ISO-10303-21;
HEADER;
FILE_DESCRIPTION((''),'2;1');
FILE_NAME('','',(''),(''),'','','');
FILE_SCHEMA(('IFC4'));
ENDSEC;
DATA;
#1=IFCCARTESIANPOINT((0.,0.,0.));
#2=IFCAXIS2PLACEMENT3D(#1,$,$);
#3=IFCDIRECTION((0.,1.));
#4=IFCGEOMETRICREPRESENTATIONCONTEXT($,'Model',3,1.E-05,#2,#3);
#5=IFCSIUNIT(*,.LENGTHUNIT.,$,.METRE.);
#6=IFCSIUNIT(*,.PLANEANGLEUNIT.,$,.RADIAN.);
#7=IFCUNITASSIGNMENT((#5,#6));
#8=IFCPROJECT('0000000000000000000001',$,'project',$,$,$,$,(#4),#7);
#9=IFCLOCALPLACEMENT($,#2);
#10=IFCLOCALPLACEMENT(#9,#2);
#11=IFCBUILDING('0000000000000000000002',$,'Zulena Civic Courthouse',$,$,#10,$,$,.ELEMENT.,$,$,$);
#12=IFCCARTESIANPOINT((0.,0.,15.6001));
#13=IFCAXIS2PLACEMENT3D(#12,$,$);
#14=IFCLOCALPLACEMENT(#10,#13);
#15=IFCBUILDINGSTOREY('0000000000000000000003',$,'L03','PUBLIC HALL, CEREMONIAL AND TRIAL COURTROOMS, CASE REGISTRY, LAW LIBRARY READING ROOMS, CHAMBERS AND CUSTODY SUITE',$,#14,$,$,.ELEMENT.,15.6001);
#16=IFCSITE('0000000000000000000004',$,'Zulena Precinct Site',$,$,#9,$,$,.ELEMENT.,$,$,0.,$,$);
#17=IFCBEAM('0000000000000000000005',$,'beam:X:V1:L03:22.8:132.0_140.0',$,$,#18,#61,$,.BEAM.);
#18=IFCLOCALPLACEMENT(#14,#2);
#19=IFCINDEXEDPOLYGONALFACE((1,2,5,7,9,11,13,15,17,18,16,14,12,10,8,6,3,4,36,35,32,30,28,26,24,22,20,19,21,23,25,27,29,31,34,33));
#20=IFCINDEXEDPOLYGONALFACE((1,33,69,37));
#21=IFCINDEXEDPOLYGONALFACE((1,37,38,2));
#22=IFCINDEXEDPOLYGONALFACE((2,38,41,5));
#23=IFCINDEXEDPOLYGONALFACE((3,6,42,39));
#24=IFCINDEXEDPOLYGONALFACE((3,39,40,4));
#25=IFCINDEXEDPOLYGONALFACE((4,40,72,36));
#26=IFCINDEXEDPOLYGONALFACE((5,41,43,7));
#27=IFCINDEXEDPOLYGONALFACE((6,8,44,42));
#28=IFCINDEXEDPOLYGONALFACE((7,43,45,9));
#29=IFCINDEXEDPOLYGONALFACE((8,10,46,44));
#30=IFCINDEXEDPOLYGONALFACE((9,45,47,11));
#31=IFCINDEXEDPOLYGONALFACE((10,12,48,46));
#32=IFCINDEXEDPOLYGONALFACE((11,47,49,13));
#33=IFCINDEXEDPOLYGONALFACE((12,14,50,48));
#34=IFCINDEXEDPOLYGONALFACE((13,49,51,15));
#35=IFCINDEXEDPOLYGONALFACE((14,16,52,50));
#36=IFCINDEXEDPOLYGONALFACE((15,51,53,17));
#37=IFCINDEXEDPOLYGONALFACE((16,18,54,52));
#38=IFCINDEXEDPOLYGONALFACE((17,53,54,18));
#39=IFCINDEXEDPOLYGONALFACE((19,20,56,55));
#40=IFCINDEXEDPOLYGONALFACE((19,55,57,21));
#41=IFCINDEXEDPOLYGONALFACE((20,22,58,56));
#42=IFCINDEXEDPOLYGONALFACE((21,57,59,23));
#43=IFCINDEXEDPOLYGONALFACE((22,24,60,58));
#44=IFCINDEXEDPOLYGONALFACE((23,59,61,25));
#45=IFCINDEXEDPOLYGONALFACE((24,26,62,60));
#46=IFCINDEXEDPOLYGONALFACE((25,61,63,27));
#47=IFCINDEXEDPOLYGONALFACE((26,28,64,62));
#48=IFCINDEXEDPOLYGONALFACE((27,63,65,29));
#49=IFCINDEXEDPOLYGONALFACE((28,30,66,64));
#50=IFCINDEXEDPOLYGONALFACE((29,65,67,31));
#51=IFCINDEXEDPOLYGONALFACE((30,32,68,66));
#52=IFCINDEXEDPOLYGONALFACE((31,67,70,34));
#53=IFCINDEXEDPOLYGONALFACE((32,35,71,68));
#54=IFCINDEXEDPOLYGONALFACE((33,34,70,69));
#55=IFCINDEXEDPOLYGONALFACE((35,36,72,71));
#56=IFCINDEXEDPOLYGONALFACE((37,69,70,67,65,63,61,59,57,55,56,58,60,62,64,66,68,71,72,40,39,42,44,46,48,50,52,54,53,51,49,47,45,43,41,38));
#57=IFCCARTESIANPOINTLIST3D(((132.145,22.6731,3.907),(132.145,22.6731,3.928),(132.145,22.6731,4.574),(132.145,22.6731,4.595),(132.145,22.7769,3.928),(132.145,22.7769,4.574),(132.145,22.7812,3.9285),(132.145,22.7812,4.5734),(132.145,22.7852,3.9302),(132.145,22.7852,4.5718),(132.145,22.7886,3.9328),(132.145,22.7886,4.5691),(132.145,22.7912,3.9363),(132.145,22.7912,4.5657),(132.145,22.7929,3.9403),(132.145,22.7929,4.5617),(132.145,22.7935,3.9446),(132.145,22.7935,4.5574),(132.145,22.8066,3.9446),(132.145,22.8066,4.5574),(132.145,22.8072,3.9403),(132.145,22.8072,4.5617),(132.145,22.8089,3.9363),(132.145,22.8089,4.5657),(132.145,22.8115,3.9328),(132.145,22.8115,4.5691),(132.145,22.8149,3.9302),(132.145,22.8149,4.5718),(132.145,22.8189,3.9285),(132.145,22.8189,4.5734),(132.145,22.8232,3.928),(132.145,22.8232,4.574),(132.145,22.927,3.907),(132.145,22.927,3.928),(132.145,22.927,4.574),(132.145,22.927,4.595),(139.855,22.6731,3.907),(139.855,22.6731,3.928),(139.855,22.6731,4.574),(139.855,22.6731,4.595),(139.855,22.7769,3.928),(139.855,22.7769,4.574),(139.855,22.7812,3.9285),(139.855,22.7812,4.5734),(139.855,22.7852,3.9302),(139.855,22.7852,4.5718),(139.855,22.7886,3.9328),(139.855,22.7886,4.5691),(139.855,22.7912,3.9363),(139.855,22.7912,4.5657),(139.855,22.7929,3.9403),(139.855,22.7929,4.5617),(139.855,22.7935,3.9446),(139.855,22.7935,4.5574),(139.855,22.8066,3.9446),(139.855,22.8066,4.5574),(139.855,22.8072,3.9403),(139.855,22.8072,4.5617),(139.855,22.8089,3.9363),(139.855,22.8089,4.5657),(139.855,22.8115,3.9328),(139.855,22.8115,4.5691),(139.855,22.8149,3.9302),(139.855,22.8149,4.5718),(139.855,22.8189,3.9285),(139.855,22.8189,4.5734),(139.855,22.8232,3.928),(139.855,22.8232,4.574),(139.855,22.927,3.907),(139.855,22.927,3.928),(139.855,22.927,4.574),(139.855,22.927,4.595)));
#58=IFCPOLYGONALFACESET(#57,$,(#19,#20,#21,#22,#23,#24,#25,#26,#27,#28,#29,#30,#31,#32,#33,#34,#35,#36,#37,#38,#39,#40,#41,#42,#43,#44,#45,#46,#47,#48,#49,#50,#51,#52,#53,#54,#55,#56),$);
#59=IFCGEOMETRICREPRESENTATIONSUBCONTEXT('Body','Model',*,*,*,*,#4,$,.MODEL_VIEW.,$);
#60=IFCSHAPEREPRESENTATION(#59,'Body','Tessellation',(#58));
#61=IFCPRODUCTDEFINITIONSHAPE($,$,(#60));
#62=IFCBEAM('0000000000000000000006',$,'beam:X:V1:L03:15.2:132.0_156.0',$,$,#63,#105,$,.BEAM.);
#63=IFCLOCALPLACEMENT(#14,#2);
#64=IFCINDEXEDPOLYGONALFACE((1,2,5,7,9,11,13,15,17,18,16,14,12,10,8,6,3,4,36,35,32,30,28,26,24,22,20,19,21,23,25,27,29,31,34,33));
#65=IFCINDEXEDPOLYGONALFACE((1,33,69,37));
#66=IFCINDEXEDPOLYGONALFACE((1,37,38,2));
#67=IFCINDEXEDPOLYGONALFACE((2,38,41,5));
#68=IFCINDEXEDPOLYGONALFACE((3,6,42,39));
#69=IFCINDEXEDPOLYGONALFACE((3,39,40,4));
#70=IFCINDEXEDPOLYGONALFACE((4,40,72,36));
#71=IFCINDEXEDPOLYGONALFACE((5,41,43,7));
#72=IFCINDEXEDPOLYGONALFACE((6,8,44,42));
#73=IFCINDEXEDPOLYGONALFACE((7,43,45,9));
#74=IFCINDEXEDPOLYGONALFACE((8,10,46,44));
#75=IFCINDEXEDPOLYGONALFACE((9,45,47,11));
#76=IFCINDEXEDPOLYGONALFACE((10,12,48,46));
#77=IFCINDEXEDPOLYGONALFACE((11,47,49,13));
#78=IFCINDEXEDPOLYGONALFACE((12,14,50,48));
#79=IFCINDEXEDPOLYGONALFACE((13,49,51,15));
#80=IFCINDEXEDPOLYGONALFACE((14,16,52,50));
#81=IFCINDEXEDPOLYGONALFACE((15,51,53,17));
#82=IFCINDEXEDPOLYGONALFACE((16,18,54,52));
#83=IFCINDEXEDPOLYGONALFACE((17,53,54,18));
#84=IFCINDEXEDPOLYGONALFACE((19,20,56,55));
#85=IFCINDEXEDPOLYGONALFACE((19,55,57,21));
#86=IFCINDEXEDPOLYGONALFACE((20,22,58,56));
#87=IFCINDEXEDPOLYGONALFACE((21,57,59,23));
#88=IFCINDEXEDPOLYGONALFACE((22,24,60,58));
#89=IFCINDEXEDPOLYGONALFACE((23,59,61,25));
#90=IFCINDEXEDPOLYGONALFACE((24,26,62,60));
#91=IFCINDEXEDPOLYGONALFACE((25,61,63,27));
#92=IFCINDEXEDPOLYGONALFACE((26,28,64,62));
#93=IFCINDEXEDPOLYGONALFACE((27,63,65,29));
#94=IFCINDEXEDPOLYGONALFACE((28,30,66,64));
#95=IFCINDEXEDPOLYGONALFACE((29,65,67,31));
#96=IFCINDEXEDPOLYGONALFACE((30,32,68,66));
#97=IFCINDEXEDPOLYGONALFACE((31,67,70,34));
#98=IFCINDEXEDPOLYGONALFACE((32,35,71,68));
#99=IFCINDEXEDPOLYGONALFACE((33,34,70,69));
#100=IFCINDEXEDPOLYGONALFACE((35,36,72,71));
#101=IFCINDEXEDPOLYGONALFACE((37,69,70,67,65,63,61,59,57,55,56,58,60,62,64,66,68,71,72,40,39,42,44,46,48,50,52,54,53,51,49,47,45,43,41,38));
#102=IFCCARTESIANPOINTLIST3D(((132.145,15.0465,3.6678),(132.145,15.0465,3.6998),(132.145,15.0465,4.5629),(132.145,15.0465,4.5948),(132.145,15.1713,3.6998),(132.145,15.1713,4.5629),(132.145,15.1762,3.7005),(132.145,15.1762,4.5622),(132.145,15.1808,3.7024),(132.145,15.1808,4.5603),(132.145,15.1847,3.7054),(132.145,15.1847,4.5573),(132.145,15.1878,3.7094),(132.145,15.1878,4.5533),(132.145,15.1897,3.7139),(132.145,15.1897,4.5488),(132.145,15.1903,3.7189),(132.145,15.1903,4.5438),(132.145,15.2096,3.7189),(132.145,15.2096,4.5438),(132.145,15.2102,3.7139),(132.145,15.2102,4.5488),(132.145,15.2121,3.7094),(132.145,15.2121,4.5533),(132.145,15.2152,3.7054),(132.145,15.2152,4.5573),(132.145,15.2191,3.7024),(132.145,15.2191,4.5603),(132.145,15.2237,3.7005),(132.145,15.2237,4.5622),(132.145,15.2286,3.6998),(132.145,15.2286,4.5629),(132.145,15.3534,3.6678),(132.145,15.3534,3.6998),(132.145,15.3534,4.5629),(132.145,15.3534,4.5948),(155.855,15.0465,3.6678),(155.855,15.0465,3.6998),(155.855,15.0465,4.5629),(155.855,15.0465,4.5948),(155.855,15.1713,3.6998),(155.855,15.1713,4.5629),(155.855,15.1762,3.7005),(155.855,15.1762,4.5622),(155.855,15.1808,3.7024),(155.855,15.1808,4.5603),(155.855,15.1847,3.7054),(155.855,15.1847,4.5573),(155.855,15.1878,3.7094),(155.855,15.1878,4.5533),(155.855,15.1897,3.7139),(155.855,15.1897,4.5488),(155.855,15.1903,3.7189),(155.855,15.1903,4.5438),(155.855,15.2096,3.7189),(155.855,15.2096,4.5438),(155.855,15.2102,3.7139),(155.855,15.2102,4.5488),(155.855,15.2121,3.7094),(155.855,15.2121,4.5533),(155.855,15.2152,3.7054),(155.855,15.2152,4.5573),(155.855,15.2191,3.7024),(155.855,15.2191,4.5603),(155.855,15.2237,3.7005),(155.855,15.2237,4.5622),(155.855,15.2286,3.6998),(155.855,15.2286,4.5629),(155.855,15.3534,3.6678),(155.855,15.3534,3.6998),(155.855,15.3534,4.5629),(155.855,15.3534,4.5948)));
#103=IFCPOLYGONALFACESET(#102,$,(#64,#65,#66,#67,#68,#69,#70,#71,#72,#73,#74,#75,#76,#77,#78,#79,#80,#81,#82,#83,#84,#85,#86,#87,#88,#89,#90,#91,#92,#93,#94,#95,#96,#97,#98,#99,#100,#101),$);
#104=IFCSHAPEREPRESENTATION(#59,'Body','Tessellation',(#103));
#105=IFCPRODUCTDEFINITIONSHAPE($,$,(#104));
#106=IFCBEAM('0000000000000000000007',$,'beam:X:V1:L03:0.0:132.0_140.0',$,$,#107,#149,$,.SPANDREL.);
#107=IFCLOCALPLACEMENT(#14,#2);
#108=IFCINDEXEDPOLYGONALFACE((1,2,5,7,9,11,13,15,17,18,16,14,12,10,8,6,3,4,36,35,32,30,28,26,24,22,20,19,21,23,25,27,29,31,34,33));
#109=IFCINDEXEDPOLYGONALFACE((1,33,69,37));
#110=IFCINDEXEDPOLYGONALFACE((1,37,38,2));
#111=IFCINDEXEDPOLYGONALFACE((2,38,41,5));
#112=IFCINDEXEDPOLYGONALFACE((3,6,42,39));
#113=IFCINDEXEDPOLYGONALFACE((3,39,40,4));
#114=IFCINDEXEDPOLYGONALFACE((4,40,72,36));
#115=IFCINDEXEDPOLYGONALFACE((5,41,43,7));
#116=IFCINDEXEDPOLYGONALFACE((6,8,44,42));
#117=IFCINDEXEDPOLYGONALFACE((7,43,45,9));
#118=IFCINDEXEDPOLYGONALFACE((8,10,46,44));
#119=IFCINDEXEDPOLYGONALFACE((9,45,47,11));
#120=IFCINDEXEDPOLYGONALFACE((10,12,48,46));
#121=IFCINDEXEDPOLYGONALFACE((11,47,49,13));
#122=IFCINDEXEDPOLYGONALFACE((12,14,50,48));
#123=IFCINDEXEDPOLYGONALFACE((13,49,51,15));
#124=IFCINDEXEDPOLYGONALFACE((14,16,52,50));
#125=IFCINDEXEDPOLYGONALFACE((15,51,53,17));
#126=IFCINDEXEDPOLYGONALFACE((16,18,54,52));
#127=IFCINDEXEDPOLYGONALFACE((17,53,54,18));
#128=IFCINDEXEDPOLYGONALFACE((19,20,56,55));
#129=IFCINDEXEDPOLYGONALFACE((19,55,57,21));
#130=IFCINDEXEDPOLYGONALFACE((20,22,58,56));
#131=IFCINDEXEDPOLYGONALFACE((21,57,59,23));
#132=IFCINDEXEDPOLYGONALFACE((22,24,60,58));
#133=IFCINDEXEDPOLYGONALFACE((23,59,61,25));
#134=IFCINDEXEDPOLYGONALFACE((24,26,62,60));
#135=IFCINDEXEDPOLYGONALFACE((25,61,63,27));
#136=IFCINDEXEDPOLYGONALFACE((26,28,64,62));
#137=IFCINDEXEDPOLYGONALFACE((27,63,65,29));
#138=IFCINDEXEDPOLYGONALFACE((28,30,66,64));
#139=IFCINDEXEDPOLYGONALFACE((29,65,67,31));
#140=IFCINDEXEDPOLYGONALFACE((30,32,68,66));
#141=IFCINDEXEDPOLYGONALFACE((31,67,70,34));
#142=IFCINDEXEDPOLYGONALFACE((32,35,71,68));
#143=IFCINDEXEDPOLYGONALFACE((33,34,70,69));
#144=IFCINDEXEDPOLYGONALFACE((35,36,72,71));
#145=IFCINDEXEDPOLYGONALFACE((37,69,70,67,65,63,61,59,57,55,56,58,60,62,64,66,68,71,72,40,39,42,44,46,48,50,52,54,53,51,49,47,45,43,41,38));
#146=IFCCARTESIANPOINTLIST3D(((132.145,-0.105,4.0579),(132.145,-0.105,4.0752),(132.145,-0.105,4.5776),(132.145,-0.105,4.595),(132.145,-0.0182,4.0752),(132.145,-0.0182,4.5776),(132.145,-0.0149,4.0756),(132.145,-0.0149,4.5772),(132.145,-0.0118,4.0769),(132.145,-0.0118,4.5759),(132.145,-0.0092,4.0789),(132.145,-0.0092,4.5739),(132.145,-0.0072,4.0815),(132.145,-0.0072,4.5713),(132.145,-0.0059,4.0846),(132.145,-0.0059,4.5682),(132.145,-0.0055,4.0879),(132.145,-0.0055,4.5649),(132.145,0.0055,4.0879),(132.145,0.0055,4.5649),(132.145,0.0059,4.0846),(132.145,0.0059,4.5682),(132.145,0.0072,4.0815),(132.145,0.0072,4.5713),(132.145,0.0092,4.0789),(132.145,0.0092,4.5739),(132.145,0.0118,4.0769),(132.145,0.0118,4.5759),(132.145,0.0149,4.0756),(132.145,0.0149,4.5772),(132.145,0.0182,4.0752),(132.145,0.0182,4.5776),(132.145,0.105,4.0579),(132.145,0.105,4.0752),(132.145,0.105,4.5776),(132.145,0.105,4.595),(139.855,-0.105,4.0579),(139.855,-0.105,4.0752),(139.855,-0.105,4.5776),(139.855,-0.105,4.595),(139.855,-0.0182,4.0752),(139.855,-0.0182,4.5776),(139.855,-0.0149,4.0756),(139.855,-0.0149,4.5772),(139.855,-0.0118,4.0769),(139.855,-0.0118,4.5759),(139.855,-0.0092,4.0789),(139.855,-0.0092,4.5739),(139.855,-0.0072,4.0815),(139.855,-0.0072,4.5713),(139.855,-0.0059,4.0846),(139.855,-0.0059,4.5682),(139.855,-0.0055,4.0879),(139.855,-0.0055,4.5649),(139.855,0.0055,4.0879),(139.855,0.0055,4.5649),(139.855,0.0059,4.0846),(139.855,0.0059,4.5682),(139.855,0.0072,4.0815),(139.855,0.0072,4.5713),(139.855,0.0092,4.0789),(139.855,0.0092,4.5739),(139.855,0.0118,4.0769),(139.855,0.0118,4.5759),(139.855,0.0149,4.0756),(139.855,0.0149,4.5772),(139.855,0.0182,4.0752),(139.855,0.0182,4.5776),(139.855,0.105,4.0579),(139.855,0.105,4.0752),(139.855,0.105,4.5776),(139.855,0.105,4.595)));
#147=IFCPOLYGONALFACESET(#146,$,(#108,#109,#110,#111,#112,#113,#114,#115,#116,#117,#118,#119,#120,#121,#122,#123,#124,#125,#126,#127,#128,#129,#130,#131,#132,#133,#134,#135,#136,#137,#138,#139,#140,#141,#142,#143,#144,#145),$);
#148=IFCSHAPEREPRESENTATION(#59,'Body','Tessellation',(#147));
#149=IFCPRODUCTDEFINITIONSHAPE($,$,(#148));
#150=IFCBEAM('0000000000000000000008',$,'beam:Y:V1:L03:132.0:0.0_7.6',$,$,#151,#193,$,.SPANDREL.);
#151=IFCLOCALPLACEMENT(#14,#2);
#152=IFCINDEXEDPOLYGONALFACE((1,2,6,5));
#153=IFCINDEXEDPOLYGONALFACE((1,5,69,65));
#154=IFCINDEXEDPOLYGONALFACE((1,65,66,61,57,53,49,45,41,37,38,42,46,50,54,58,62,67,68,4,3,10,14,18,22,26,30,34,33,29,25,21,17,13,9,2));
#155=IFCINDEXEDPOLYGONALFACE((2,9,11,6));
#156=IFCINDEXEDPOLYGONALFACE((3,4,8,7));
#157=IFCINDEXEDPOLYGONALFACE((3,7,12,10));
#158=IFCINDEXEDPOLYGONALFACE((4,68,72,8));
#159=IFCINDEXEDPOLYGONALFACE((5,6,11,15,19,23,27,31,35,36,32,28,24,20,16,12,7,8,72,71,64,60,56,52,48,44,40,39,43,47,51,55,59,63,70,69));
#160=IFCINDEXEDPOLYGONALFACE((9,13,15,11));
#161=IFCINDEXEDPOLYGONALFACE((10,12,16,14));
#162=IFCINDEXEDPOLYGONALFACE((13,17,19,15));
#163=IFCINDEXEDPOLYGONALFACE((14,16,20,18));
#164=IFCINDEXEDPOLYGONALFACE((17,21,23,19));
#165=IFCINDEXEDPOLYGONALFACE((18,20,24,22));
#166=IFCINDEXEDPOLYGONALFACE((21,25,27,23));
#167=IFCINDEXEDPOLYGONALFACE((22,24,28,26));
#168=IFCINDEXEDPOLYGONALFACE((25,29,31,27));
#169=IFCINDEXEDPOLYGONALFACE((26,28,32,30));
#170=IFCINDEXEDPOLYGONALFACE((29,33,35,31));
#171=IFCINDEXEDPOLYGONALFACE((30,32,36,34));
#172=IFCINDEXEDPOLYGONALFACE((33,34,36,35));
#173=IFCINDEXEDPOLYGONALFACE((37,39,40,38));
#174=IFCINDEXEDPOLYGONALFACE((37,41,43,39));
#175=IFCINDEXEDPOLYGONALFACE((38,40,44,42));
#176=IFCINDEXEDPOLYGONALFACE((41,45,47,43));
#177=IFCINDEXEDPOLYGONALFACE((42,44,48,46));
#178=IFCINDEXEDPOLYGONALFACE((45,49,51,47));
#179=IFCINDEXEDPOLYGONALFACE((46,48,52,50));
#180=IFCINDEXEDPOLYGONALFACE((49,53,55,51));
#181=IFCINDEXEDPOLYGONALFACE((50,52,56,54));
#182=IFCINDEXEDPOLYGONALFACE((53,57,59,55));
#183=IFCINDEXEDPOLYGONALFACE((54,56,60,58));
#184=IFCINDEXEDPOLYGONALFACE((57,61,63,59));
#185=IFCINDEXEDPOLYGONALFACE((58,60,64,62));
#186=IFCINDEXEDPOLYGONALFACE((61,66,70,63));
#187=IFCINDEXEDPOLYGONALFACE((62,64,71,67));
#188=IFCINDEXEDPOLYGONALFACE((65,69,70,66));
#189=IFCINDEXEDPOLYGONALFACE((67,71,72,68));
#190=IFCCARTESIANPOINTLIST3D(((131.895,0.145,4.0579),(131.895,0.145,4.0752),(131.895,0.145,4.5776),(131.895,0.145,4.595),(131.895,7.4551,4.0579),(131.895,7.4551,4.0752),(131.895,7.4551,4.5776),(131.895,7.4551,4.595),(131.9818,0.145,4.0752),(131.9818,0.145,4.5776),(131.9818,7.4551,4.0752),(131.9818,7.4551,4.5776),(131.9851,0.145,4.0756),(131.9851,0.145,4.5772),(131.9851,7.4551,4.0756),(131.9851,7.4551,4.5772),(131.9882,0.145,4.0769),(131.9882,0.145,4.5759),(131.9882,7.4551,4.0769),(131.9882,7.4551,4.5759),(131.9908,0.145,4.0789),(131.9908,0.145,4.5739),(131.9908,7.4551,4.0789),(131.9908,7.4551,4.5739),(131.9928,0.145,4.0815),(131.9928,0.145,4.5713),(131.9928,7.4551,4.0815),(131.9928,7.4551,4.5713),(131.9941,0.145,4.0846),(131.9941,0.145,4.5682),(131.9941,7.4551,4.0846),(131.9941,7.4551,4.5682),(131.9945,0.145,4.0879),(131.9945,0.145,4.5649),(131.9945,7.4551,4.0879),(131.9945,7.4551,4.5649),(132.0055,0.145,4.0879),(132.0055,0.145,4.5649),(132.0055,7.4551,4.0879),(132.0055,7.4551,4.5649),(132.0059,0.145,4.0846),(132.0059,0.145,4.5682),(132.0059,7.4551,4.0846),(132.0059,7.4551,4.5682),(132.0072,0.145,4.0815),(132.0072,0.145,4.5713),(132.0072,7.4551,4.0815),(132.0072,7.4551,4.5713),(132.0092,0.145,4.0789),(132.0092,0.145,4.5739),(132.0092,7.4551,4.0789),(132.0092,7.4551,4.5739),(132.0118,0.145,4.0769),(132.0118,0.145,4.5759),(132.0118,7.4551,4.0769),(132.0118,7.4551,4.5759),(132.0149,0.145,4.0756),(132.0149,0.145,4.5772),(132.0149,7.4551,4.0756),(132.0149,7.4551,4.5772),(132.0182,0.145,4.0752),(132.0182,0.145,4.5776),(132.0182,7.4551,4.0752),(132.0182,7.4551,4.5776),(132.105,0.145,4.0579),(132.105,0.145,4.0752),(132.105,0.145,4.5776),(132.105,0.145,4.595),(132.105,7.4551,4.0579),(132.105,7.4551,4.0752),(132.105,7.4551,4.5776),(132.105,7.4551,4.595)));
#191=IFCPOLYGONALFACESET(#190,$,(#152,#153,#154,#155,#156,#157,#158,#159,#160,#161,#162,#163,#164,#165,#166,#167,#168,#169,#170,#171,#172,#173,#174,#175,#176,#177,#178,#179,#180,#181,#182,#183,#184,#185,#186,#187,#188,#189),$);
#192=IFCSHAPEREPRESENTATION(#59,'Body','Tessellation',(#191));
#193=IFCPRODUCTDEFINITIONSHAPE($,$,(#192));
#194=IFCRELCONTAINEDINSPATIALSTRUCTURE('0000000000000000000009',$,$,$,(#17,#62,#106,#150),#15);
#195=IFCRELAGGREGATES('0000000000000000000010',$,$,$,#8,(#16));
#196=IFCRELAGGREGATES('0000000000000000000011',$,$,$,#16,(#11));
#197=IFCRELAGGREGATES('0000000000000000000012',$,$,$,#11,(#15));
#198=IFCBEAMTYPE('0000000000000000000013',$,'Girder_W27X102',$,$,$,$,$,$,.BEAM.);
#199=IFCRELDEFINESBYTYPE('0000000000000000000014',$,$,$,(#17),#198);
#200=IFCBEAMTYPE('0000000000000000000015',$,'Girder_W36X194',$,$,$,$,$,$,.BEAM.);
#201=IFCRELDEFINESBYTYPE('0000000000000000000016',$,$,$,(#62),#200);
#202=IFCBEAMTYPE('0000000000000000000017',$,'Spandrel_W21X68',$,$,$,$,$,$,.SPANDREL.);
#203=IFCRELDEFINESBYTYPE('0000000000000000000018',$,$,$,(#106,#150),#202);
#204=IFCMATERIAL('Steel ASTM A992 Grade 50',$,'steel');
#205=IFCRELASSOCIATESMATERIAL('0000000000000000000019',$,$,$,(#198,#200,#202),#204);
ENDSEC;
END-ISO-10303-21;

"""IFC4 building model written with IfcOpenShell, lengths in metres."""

from ifc_helpers import new_model, si_unit, direction, frame, origin, origin_2d, place, context, subcontext, project, spatial, i_section, extrude, material, material_profile, profile_set, type_object, element, save


model = new_model("IFC4")

# Units and contexts
model_context = context("Model", 3, precision=1e-05, world=origin(), true_north=direction((0.0, 1.0)))
body_context = subcontext(model_context, "Body", "Model", "MODEL_VIEW")
ifc_project = project(units=[si_unit("LENGTHUNIT", "METRE"), si_unit("PLANEANGLEUNIT", "RADIAN")], contexts=[model_context])

# Site, building, storey
site_placement = place(None, origin())
site = spatial("IfcSite", under=ifc_project, at=site_placement, Name="Zulena Precinct Site", CompositionType="ELEMENT", RefElevation=0.0)
building_placement = place(site_placement, origin())
building = spatial("IfcBuilding", under=site, at=building_placement, Name="Zulena Civic Courthouse", CompositionType="ELEMENT")
storey_placement = place(building_placement, frame((0.0, 0.0, 15.6001)))
storey = spatial("IfcBuildingStorey", under=building, at=storey_placement, Name="L03", Description="PUBLIC HALL, CEREMONIAL AND TRIAL COURTROOMS, CASE REGISTRY, LAW LIBRARY READING ROOMS, CHAMBERS AND CUSTODY SUITE", CompositionType="ELEMENT", Elevation=15.6001)

# Shared definitions
ifc_material_1 = material(Name="Steel ASTM A992 Grade 50", Category="steel")

# Beams
ifc_material_profile_1 = material_profile(ifc_material_1, i_section(OverallWidth=0.2539, OverallDepth=0.688, WebThickness=0.0132, FlangeThickness=0.021, FilletRadius=0.0166, at=origin_2d()), Name="W27X102")
ifc_profile_set_1 = profile_set([ifc_material_profile_1], Name="Steel ASTM A992 Grade 50")
beam_type_1 = type_object("IfcBeamType", Name="Girder_W27X102", PredefinedType="BEAM", material=ifc_profile_set_1)
for number, where, z_axis, x_axis, name in (
    (1, (132.145, 22.8, 4.251), (1.0, 0.0, 0.0), (0.0, 1.0, 0.0), "beam:X:V1:L03:22.8:132.0_140.0"),
):
    element("IfcBeam", number, at=place(storey_placement, frame(where, z_axis=z_axis, x_axis=x_axis)), inside=storey, type_object=beam_type_1, Name=name, PredefinedType="BEAM", context=body_context, shape_type="SweptSolid", body=[
        extrude(i_section(OverallWidth=0.2539, OverallDepth=0.688, WebThickness=0.0132, FlangeThickness=0.021, FilletRadius=0.0166, at=origin_2d()), origin(), (0.0, 0.0, 1.0), 7.71),
    ])
ifc_material_profile_2 = material_profile(ifc_material_1, i_section(OverallWidth=0.3069, OverallDepth=0.927, WebThickness=0.0193, FlangeThickness=0.032, FilletRadius=0.019, at=origin_2d()), Name="W36X194")
ifc_profile_set_2 = profile_set([ifc_material_profile_2], Name="Steel ASTM A992 Grade 50")
beam_type_2 = type_object("IfcBeamType", Name="Girder_W36X194", PredefinedType="BEAM", material=ifc_profile_set_2)
beam_1_placement = place(storey_placement, frame((132.145, 15.2, 4.1313), z_axis=(1.0, 0.0, 0.0), x_axis=(0.0, 1.0, 0.0)))
element("IfcBeam", 2, at=beam_1_placement, inside=storey, type_object=beam_type_2, Name="beam:X:V1:L03:15.2:132.0_156.0", PredefinedType="BEAM", context=body_context, shape_type="SweptSolid", body=[
    extrude(i_section(OverallWidth=0.3069, OverallDepth=0.927, WebThickness=0.0193, FlangeThickness=0.032, FilletRadius=0.019, at=origin_2d()), origin(), (0.0, 0.0, 1.0), 23.71),
])
ifc_material_profile_3 = material_profile(ifc_material_1, i_section(OverallWidth=0.21, OverallDepth=0.5371, WebThickness=0.011, FlangeThickness=0.0173, FilletRadius=0.0127, at=origin_2d()), Name="W21X68")
ifc_profile_set_3 = profile_set([ifc_material_profile_3], Name="Steel ASTM A992 Grade 50")
beam_type_3 = type_object("IfcBeamType", Name="Spandrel_W21X68", PredefinedType="SPANDREL", material=ifc_profile_set_3)
beam_2_placement = place(storey_placement, frame((132.145, 0.0, 4.3264), z_axis=(1.0, 0.0, 0.0), x_axis=(0.0, 1.0, 0.0)))
element("IfcBeam", 3, at=beam_2_placement, inside=storey, type_object=beam_type_3, Name="beam:X:V1:L03:0.0:132.0_140.0", PredefinedType="SPANDREL", context=body_context, shape_type="SweptSolid", body=[
    extrude(i_section(OverallWidth=0.21, OverallDepth=0.5371, WebThickness=0.011, FlangeThickness=0.0173, FilletRadius=0.0127, at=origin_2d()), origin(), (0.0, 0.0, 1.0), 7.71),
])
beam_3_placement = place(storey_placement, frame((132.0, 0.145, 4.3264), z_axis=(0.0, 1.0, 0.0), x_axis=(-1.0, 0.0, 0.0)))
element("IfcBeam", 4, at=beam_3_placement, inside=storey, type_object=beam_type_3, Name="beam:Y:V1:L03:132.0:0.0_7.6", PredefinedType="SPANDREL", context=body_context, shape_type="SweptSolid", body=[
    extrude(i_section(OverallWidth=0.21, OverallDepth=0.5371, WebThickness=0.011, FlangeThickness=0.0173, FilletRadius=0.0127, at=origin_2d()), origin(), (0.0, 0.0, 1.0), 7.3101),
])

save(model, "model.ifc")
